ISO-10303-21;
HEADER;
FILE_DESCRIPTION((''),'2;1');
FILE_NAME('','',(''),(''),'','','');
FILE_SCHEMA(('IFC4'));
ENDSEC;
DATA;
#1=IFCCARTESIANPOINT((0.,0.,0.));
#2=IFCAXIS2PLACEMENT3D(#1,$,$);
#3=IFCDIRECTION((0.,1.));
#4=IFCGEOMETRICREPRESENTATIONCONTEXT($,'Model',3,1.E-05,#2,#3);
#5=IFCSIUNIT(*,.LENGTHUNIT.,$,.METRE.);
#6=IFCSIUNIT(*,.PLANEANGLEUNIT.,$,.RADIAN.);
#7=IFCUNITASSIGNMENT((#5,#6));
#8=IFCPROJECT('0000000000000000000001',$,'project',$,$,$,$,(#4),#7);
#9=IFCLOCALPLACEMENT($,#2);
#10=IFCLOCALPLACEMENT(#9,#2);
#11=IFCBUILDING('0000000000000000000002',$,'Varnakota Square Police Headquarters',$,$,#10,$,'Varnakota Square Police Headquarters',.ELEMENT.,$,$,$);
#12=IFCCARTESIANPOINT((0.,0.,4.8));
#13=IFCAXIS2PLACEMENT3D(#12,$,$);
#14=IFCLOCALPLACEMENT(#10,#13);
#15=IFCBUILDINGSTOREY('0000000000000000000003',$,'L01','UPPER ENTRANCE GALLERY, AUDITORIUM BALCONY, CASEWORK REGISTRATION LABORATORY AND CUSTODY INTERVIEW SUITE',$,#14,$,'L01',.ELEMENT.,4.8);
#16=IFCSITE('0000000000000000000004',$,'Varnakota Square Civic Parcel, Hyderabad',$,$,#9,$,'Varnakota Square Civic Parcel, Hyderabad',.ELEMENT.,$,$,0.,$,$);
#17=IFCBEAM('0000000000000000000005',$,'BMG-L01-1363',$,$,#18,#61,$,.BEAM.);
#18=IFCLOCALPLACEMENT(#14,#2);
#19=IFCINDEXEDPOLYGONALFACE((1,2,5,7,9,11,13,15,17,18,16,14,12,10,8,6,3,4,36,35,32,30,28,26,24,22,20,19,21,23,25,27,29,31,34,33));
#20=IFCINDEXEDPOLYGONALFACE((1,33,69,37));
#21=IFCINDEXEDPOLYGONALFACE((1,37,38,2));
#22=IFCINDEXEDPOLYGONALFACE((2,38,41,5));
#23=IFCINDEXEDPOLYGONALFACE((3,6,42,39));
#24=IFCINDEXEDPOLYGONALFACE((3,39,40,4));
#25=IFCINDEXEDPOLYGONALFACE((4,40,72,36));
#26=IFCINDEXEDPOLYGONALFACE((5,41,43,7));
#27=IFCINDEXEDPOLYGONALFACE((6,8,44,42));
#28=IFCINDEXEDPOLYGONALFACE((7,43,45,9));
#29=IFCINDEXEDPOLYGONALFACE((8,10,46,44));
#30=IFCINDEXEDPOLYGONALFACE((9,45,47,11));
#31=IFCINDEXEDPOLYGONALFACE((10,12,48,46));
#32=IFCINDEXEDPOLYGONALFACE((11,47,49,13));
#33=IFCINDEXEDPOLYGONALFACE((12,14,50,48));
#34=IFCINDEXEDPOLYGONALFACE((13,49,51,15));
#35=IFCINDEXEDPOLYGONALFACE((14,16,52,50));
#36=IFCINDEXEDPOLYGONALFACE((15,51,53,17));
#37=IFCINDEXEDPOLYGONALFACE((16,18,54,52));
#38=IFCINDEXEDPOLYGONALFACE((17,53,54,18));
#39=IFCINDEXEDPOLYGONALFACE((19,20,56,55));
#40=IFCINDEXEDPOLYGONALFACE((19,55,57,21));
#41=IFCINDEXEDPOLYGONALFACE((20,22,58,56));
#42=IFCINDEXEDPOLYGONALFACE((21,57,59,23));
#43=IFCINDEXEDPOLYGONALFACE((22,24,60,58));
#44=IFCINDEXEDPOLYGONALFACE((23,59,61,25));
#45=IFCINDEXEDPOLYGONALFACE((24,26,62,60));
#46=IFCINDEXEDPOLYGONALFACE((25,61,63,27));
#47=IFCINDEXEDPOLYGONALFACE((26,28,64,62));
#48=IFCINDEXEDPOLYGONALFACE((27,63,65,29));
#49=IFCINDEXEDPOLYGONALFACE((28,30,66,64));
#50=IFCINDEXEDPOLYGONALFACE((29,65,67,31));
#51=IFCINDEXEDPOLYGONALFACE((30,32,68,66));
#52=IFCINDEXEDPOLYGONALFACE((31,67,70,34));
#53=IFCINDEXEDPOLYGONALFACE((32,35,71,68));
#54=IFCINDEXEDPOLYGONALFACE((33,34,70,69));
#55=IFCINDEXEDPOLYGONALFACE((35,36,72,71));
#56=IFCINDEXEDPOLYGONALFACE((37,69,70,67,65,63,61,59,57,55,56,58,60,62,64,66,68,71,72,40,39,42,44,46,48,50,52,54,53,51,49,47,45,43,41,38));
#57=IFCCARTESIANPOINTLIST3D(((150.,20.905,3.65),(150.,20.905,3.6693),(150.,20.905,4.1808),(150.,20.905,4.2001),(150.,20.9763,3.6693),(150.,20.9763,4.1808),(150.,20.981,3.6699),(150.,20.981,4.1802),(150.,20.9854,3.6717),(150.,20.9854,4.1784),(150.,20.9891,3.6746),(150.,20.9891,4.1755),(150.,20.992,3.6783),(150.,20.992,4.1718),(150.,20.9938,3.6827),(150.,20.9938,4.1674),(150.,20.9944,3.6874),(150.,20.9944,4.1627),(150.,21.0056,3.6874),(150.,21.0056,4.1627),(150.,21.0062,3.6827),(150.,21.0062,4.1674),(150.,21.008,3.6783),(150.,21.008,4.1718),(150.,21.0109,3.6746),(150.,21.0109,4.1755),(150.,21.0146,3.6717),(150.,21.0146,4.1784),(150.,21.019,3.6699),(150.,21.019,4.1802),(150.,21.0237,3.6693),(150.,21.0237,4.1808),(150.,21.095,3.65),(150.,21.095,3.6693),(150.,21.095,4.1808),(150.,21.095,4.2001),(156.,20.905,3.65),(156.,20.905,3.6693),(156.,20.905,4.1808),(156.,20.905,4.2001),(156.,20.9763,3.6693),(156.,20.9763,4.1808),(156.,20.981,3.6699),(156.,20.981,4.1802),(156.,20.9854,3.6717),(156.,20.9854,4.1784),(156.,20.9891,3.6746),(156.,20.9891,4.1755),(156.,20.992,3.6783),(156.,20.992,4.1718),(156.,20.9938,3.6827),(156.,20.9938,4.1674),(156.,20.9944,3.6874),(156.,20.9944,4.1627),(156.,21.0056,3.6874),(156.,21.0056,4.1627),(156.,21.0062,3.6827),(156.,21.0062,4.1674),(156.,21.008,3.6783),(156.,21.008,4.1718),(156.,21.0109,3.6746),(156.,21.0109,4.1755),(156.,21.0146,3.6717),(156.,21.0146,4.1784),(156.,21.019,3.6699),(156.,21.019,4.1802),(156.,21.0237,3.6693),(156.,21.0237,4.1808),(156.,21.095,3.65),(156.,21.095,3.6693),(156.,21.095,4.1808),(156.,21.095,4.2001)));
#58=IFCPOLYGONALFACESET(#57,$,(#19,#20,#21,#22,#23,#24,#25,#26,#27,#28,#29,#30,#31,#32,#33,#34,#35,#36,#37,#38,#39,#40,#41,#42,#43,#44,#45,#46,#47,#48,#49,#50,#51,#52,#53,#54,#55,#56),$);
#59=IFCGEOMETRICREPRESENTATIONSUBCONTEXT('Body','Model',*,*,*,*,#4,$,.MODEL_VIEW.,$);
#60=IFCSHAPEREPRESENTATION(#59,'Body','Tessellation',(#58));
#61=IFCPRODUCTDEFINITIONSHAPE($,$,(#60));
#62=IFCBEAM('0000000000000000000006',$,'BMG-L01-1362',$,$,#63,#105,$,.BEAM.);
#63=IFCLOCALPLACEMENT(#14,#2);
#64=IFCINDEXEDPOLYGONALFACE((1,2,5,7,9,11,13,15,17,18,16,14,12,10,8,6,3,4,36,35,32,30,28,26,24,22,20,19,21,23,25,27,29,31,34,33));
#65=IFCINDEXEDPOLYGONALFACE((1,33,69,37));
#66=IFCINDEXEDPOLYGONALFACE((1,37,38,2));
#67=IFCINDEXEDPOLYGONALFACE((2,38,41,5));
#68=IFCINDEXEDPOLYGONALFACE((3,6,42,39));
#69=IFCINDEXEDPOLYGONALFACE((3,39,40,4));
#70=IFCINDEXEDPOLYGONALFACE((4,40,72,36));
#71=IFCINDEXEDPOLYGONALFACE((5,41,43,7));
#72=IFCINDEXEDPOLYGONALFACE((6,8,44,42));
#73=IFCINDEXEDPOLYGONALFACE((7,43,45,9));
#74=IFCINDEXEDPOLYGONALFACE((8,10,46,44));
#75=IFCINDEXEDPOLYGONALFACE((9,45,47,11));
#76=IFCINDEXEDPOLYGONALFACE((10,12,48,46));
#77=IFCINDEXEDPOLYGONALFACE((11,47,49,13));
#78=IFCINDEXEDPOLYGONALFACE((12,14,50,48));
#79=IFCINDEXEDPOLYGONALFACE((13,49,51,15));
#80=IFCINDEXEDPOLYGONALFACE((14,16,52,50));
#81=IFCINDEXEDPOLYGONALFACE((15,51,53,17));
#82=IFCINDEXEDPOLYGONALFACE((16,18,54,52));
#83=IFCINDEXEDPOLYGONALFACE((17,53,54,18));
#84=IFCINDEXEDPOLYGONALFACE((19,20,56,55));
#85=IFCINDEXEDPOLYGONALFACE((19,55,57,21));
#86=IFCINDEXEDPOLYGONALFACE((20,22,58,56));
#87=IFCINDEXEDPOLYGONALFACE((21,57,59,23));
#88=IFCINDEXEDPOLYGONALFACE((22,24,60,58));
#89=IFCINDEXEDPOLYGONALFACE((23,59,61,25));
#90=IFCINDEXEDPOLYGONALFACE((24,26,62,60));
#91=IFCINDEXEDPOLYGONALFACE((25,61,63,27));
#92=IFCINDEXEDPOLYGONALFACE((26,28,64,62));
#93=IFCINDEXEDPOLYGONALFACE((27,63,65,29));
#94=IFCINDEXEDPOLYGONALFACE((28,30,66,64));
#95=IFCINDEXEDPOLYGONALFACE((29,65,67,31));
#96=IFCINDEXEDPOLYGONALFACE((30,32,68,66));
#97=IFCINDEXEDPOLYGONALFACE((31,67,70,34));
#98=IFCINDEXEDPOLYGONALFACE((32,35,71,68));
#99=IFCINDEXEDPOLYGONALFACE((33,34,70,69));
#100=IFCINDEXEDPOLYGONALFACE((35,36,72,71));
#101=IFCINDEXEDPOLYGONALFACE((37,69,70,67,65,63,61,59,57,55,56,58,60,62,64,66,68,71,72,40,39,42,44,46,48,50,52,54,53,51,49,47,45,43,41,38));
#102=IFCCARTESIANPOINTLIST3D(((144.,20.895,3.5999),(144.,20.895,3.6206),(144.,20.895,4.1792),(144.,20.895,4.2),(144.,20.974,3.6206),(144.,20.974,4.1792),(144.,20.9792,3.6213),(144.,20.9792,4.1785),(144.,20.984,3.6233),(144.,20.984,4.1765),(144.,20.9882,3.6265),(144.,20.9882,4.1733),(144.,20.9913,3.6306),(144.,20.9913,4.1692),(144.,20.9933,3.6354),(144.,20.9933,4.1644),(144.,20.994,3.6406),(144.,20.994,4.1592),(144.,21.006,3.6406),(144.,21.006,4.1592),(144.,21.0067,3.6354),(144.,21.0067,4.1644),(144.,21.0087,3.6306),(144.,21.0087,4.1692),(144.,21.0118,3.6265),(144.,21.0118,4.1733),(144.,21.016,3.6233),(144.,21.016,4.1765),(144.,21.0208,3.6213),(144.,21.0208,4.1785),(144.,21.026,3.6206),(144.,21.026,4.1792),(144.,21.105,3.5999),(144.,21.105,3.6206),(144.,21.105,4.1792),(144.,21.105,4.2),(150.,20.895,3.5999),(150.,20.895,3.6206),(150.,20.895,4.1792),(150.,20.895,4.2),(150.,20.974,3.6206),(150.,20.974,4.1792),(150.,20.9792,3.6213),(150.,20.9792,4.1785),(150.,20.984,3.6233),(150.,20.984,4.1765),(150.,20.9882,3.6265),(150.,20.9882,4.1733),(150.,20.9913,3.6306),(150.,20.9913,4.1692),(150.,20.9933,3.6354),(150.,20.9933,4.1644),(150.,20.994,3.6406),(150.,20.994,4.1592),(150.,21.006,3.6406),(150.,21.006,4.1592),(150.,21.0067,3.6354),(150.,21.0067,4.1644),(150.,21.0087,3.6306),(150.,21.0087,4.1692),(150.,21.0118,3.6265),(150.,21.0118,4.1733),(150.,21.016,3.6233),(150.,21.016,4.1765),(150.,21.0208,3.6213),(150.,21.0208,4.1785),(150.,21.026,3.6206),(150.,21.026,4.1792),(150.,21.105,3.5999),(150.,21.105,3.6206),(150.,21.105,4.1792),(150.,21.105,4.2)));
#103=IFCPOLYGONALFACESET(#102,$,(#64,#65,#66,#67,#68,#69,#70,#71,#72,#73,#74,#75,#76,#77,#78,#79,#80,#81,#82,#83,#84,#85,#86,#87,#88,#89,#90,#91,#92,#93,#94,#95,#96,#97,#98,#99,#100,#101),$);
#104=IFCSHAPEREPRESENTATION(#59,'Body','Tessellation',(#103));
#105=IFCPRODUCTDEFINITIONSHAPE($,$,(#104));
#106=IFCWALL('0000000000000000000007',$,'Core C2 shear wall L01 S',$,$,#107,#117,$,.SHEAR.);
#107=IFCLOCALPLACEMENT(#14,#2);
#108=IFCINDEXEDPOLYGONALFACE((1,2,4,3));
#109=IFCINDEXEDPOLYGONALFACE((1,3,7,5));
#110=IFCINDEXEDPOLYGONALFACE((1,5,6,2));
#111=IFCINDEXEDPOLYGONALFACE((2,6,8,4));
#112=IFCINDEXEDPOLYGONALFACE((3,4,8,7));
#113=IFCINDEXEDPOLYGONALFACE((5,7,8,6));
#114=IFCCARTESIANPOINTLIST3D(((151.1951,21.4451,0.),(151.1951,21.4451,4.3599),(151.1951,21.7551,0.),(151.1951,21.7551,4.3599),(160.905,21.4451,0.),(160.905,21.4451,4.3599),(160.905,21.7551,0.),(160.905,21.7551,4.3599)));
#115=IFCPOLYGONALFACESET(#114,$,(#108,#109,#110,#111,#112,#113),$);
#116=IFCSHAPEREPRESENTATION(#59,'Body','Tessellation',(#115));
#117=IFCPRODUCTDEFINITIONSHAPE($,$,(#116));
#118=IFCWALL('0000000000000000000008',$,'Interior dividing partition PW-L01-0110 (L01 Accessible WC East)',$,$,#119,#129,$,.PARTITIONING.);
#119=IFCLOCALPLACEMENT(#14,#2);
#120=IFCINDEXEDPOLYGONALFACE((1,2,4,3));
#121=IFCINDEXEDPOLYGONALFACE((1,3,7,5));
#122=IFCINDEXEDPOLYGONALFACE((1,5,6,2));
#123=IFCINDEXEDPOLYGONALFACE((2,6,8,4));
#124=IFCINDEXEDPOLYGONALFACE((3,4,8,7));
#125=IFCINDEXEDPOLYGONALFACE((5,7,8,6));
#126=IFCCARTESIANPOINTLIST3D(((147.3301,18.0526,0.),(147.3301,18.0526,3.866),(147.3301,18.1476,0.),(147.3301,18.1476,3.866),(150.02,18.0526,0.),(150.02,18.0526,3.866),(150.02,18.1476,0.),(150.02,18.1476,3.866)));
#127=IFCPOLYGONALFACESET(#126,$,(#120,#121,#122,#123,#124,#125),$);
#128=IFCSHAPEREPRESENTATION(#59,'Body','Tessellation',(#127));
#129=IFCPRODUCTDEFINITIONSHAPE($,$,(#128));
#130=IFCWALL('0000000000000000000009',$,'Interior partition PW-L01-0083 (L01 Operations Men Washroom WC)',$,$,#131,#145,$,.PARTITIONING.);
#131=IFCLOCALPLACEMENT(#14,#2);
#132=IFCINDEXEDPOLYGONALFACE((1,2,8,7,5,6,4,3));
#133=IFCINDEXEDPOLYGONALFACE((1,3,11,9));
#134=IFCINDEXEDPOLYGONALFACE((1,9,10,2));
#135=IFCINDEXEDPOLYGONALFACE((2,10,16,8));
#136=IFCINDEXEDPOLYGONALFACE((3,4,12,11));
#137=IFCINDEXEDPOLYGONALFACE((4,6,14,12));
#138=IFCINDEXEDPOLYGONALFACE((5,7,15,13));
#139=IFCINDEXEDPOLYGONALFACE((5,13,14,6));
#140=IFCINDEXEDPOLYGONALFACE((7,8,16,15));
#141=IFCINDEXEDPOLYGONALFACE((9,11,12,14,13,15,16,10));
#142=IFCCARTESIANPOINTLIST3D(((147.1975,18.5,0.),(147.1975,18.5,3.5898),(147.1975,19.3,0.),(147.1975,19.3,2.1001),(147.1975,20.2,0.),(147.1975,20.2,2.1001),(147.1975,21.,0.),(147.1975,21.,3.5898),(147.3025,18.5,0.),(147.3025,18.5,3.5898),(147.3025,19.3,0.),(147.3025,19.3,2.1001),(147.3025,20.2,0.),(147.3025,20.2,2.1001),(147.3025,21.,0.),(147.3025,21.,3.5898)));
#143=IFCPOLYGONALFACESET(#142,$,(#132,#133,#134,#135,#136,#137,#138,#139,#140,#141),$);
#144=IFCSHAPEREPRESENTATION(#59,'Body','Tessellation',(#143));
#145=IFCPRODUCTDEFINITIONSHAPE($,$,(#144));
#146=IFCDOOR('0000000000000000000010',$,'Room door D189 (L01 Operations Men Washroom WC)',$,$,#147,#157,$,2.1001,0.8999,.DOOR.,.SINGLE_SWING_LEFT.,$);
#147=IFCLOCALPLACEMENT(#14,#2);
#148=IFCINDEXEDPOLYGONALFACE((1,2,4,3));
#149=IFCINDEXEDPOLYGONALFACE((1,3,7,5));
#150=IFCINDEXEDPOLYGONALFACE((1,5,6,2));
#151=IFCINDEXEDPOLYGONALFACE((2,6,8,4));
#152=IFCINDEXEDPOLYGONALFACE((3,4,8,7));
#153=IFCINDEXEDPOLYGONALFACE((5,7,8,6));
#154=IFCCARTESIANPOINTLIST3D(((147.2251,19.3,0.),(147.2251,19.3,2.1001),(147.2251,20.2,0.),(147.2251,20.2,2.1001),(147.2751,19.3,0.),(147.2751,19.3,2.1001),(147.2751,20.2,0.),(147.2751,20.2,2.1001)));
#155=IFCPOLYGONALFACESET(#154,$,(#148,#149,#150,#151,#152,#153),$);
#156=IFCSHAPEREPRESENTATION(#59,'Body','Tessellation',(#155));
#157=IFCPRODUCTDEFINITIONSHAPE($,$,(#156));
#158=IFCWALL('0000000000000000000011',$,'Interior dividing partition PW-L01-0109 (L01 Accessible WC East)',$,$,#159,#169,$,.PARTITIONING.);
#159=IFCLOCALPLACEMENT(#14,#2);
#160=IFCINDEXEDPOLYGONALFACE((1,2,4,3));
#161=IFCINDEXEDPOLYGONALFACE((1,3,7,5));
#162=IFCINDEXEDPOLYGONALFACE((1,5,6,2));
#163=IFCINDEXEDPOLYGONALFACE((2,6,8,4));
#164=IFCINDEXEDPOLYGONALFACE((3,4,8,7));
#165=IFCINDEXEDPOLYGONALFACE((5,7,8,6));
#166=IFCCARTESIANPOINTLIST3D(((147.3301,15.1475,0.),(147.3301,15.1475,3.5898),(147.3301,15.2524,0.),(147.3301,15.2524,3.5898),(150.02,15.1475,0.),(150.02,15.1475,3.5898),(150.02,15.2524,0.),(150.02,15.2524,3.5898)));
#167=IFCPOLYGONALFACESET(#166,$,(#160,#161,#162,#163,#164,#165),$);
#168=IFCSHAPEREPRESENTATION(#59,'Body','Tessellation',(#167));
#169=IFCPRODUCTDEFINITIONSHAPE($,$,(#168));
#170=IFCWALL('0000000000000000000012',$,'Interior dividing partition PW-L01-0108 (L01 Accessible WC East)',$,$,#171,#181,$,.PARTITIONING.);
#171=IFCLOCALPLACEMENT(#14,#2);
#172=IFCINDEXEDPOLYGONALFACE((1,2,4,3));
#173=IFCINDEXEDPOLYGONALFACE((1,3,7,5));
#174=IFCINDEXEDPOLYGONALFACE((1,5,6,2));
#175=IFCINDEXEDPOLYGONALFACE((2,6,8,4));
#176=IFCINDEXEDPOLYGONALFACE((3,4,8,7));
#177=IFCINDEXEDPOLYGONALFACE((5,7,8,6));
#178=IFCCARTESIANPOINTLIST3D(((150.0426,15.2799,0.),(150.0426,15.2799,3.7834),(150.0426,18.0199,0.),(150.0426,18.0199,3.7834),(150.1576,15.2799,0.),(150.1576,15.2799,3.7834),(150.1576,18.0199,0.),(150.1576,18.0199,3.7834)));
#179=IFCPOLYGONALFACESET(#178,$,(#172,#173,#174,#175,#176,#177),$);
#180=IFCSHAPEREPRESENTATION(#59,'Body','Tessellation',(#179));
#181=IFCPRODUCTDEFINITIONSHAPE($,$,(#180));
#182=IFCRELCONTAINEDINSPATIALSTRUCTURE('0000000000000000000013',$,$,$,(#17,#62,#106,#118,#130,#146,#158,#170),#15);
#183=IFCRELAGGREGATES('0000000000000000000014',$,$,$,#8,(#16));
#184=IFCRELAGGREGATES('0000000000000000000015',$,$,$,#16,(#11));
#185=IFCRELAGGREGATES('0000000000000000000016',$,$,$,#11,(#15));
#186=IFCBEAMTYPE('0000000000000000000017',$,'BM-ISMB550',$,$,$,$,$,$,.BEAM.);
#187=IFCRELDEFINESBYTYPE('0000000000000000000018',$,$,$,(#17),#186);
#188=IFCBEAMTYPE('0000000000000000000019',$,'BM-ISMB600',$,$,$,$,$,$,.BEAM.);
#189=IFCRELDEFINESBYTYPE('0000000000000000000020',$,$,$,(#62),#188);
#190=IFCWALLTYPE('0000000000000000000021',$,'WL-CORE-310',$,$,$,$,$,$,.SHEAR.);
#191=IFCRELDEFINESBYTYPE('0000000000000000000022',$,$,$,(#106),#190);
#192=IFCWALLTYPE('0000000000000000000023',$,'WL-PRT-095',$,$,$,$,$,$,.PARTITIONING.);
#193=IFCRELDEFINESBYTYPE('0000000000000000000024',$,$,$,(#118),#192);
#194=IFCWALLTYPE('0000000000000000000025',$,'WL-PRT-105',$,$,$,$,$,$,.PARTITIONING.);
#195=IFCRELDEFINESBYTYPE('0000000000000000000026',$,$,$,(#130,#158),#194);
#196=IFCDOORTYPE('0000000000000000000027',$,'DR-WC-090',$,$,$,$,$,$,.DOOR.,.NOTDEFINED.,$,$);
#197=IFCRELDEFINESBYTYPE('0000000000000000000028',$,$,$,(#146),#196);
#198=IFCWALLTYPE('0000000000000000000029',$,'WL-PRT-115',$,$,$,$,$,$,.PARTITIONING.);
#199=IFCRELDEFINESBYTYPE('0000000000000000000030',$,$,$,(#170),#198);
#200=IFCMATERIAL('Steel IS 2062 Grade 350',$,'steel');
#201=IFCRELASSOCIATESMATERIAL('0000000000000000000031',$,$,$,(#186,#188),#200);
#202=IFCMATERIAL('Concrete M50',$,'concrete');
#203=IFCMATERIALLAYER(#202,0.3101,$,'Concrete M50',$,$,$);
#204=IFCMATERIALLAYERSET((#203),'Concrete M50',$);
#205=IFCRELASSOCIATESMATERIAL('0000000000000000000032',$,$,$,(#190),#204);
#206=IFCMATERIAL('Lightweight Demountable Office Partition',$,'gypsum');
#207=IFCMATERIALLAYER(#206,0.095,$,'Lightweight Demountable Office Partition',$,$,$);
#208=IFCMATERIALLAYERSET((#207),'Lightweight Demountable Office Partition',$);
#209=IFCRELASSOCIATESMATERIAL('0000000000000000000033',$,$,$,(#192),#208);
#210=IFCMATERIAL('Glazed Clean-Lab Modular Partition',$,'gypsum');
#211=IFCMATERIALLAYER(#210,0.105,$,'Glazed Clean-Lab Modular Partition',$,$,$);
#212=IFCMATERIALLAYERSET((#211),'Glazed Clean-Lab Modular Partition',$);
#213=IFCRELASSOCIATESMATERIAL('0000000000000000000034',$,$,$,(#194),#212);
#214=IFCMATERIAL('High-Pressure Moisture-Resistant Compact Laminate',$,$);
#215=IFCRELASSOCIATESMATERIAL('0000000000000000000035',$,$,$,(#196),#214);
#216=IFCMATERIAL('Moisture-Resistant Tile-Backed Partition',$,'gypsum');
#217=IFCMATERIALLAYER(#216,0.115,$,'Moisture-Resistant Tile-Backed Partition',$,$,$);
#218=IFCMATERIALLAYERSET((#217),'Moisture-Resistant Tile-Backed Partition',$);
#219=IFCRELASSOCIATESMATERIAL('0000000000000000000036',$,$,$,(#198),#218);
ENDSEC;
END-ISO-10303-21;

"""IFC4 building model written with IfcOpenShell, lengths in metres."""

from ifc_helpers import new_model, si_unit, direction, frame, frame_2d, origin, origin_2d, place, context, subcontext, project, spatial, rectangle, i_section, extrude, material, layer, layer_set, material_profile, profile_set, type_object, element, fill, save


model = new_model("IFC4")

# Units and contexts
model_context = context("Model", 3, precision=1e-05, world=origin(), true_north=direction((0.0, 1.0)))
body_context = subcontext(model_context, "Body", "Model", "MODEL_VIEW")
ifc_project = project(units=[si_unit("LENGTHUNIT", "METRE"), si_unit("PLANEANGLEUNIT", "RADIAN")], contexts=[model_context])

# Site, building, storey
site_placement = place(None, origin())
site = spatial("IfcSite", under=ifc_project, at=site_placement, Name="Varnakota Square Civic Parcel, Hyderabad", LongName="Varnakota Square Civic Parcel, Hyderabad", CompositionType="ELEMENT", RefElevation=0.0)
building_placement = place(site_placement, origin())
building = spatial("IfcBuilding", under=site, at=building_placement, Name="Varnakota Square Police Headquarters", LongName="Varnakota Square Police Headquarters", CompositionType="ELEMENT")
storey_placement = place(building_placement, frame((0.0, 0.0, 4.8)))
storey = spatial("IfcBuildingStorey", under=building, at=storey_placement, Name="L01", Description="UPPER ENTRANCE GALLERY, AUDITORIUM BALCONY, CASEWORK REGISTRATION LABORATORY AND CUSTODY INTERVIEW SUITE", LongName="L01", CompositionType="ELEMENT", Elevation=4.8)

# Shared definitions
ifc_material_1 = material(Name="Steel IS 2062 Grade 350", Category="steel")

# Beams
ifc_material_profile_1 = material_profile(ifc_material_1, i_section(OverallWidth=0.1899, OverallDepth=0.55, WebThickness=0.0112, FlangeThickness=0.0193, FilletRadius=0.0181, at=origin_2d()), Name="ISMB 550")
ifc_profile_set_1 = profile_set([ifc_material_profile_1], Name="Steel IS 2062 Grade 350")
beam_type_1 = type_object("IfcBeamType", Name="BM-ISMB550", PredefinedType="BEAM", material=ifc_profile_set_1)
beam_1_placement = place(storey_placement, frame((150.0, 21.0, 3.925), z_axis=(1.0, 0.0, 0.0), x_axis=(0.0, 1.0, 0.0)))
element("IfcBeam", 1, at=beam_1_placement, inside=storey, type_object=beam_type_1, Name="BMG-L01-1363", PredefinedType="BEAM", context=body_context, shape_type="SweptSolid", body=[
    extrude(i_section(OverallWidth=0.1899, OverallDepth=0.55, WebThickness=0.0112, FlangeThickness=0.0193, FilletRadius=0.0181, at=origin_2d()), origin(), (0.0, 0.0, 1.0), 6.0),
])
ifc_material_profile_2 = material_profile(ifc_material_1, i_section(OverallWidth=0.21, OverallDepth=0.6001, WebThickness=0.012, FlangeThickness=0.0208, FilletRadius=0.02, at=origin_2d()), Name="ISMB 600")
ifc_profile_set_2 = profile_set([ifc_material_profile_2], Name="Steel IS 2062 Grade 350")
beam_type_2 = type_object("IfcBeamType", Name="BM-ISMB600", PredefinedType="BEAM", material=ifc_profile_set_2)
beam_2_placement = place(storey_placement, frame((144.0, 21.0, 3.8999), z_axis=(1.0, 0.0, 0.0), x_axis=(0.0, 1.0, 0.0)))
element("IfcBeam", 2, at=beam_2_placement, inside=storey, type_object=beam_type_2, Name="BMG-L01-1362", PredefinedType="BEAM", context=body_context, shape_type="SweptSolid", body=[
    extrude(i_section(OverallWidth=0.21, OverallDepth=0.6001, WebThickness=0.012, FlangeThickness=0.0208, FilletRadius=0.02, at=origin_2d()), origin(), (0.0, 0.0, 1.0), 6.0),
])

# Walls
ifc_material_2 = material(Name="Concrete M50", Category="concrete")
ifc_layer_1 = layer(ifc_material_2, 0.3101, Name="Concrete M50")
ifc_layer_set_1 = layer_set([ifc_layer_1], Name="Concrete M50")
wall_type_1 = type_object("IfcWallType", Name="WL-CORE-310", PredefinedType="SHEAR", material=ifc_layer_set_1)
wall_1_placement = place(storey_placement, frame((151.1951, 21.6001, 0.0), z_axis=(0.0, 0.0, 1.0), x_axis=(1.0, 0.0, 0.0)))
element("IfcWall", 3, at=wall_1_placement, inside=storey, type_object=wall_type_1, Name="Core C2 shear wall L01 S", PredefinedType="SHEAR", context=body_context, shape_type="SweptSolid", body=[
    extrude(rectangle(XDim=9.71, YDim=0.3101, at=frame_2d((4.855, 0.0))), origin(), (0.0, 0.0, 1.0), 4.3599),
])
ifc_material_3 = material(Name="Lightweight Demountable Office Partition", Category="gypsum")
ifc_layer_2 = layer(ifc_material_3, 0.095, Name="Lightweight Demountable Office Partition")
ifc_layer_set_2 = layer_set([ifc_layer_2], Name="Lightweight Demountable Office Partition")
wall_type_2 = type_object("IfcWallType", Name="WL-PRT-095", PredefinedType="PARTITIONING", material=ifc_layer_set_2)
wall_2_placement = place(storey_placement, frame((147.3301, 18.1001, 0.0), z_axis=(0.0, 0.0, 1.0), x_axis=(1.0, 0.0, 0.0)))
element("IfcWall", 4, at=wall_2_placement, inside=storey, type_object=wall_type_2, Name="Interior dividing partition PW-L01-0110 (L01 Accessible WC East)", PredefinedType="PARTITIONING", context=body_context, shape_type="SweptSolid", body=[
    extrude(rectangle(XDim=2.6899, YDim=0.095, at=frame_2d((1.345, 0.0))), origin(), (0.0, 0.0, 1.0), 3.866),
])

# Wall, opening, door
ifc_material_4 = material(Name="Glazed Clean-Lab Modular Partition", Category="gypsum")
ifc_layer_3 = layer(ifc_material_4, 0.105, Name="Glazed Clean-Lab Modular Partition")
ifc_layer_set_3 = layer_set([ifc_layer_3], Name="Glazed Clean-Lab Modular Partition")
wall_type_3 = type_object("IfcWallType", Name="WL-PRT-105", PredefinedType="PARTITIONING", material=ifc_layer_set_3)
wall_3_placement = place(storey_placement, frame((147.25, 18.5, 0.0), z_axis=(0.0, 0.0, 1.0), x_axis=(0.0, 1.0, 0.0)))
wall_3 = element("IfcWall", 5, at=wall_3_placement, inside=storey, type_object=wall_type_3, Name="Interior partition PW-L01-0083 (L01 Operations Men Washroom WC)", PredefinedType="PARTITIONING", context=body_context, shape_type="SweptSolid", body=[
    extrude(rectangle(XDim=2.5, YDim=0.105, at=frame_2d((1.25, 0.0))), origin(), (0.0, 0.0, 1.0), 3.5898),
])
opening_1_placement = place(wall_3_placement, frame((0.8, 0.0, 0.0)))
opening_1 = element("IfcOpeningElement", 6, at=opening_1_placement, cuts=wall_3, PredefinedType="OPENING", context=body_context, shape_type="SweptSolid", body=[
    extrude(rectangle(XDim=0.8999, YDim=2.1001, at=frame_2d((0.45, 1.05))), frame((0.0, 0.0625, 0.0), z_axis=(0.0, -1.0, 0.0), x_axis=(1.0, 0.0, 0.0)), (0.0, 0.0, 1.0), 0.125),
])
ifc_material_5 = material(Name="High-Pressure Moisture-Resistant Compact Laminate")
door_type_1 = type_object("IfcDoorType", Name="DR-WC-090", OperationType="NOTDEFINED", PredefinedType="DOOR", material=ifc_material_5)
door_1_placement = place(opening_1_placement, origin())
door_1 = element("IfcDoor", 7, at=door_1_placement, inside=storey, type_object=door_type_1, Name="Room door D189 (L01 Operations Men Washroom WC)", OperationType="SINGLE_SWING_LEFT", OverallHeight=2.1001, OverallWidth=0.8999, PredefinedType="DOOR", context=body_context, shape_type="SweptSolid", body=[
    extrude(rectangle(XDim=0.8999, YDim=2.1001, at=frame_2d((0.45, 1.05))), frame((0.0, 0.0249, 0.0), z_axis=(0.0, -1.0, 0.0), x_axis=(1.0, 0.0, 0.0)), (0.0, 0.0, 1.0), 0.05),
])
fill(opening_1, door_1)

# Walls
wall_4_placement = place(storey_placement, frame((150.02, 15.2, 0.0), z_axis=(0.0, 0.0, 1.0), x_axis=(-1.0, 0.0, 0.0)))
element("IfcWall", 8, at=wall_4_placement, inside=storey, type_object=wall_type_3, Name="Interior dividing partition PW-L01-0109 (L01 Accessible WC East)", PredefinedType="PARTITIONING", context=body_context, shape_type="SweptSolid", body=[
    extrude(rectangle(XDim=2.6899, YDim=0.105, at=frame_2d((1.345, 0.0))), origin(), (0.0, 0.0, 1.0), 3.5898),
])
ifc_material_6 = material(Name="Moisture-Resistant Tile-Backed Partition", Category="gypsum")
ifc_layer_4 = layer(ifc_material_6, 0.115, Name="Moisture-Resistant Tile-Backed Partition")
ifc_layer_set_4 = layer_set([ifc_layer_4], Name="Moisture-Resistant Tile-Backed Partition")
wall_type_4 = type_object("IfcWallType", Name="WL-PRT-115", PredefinedType="PARTITIONING", material=ifc_layer_set_4)
wall_5_placement = place(storey_placement, frame((150.1001, 18.02, 0.0), z_axis=(0.0, 0.0, 1.0), x_axis=(0.0, -1.0, 0.0)))
element("IfcWall", 9, at=wall_5_placement, inside=storey, type_object=wall_type_4, Name="Interior dividing partition PW-L01-0108 (L01 Accessible WC East)", PredefinedType="PARTITIONING", context=body_context, shape_type="SweptSolid", body=[
    extrude(rectangle(XDim=2.74, YDim=0.115, at=frame_2d((1.3701, 0.0))), origin(), (0.0, 0.0, 1.0), 3.7834),
])

save(model, "model.ifc")
